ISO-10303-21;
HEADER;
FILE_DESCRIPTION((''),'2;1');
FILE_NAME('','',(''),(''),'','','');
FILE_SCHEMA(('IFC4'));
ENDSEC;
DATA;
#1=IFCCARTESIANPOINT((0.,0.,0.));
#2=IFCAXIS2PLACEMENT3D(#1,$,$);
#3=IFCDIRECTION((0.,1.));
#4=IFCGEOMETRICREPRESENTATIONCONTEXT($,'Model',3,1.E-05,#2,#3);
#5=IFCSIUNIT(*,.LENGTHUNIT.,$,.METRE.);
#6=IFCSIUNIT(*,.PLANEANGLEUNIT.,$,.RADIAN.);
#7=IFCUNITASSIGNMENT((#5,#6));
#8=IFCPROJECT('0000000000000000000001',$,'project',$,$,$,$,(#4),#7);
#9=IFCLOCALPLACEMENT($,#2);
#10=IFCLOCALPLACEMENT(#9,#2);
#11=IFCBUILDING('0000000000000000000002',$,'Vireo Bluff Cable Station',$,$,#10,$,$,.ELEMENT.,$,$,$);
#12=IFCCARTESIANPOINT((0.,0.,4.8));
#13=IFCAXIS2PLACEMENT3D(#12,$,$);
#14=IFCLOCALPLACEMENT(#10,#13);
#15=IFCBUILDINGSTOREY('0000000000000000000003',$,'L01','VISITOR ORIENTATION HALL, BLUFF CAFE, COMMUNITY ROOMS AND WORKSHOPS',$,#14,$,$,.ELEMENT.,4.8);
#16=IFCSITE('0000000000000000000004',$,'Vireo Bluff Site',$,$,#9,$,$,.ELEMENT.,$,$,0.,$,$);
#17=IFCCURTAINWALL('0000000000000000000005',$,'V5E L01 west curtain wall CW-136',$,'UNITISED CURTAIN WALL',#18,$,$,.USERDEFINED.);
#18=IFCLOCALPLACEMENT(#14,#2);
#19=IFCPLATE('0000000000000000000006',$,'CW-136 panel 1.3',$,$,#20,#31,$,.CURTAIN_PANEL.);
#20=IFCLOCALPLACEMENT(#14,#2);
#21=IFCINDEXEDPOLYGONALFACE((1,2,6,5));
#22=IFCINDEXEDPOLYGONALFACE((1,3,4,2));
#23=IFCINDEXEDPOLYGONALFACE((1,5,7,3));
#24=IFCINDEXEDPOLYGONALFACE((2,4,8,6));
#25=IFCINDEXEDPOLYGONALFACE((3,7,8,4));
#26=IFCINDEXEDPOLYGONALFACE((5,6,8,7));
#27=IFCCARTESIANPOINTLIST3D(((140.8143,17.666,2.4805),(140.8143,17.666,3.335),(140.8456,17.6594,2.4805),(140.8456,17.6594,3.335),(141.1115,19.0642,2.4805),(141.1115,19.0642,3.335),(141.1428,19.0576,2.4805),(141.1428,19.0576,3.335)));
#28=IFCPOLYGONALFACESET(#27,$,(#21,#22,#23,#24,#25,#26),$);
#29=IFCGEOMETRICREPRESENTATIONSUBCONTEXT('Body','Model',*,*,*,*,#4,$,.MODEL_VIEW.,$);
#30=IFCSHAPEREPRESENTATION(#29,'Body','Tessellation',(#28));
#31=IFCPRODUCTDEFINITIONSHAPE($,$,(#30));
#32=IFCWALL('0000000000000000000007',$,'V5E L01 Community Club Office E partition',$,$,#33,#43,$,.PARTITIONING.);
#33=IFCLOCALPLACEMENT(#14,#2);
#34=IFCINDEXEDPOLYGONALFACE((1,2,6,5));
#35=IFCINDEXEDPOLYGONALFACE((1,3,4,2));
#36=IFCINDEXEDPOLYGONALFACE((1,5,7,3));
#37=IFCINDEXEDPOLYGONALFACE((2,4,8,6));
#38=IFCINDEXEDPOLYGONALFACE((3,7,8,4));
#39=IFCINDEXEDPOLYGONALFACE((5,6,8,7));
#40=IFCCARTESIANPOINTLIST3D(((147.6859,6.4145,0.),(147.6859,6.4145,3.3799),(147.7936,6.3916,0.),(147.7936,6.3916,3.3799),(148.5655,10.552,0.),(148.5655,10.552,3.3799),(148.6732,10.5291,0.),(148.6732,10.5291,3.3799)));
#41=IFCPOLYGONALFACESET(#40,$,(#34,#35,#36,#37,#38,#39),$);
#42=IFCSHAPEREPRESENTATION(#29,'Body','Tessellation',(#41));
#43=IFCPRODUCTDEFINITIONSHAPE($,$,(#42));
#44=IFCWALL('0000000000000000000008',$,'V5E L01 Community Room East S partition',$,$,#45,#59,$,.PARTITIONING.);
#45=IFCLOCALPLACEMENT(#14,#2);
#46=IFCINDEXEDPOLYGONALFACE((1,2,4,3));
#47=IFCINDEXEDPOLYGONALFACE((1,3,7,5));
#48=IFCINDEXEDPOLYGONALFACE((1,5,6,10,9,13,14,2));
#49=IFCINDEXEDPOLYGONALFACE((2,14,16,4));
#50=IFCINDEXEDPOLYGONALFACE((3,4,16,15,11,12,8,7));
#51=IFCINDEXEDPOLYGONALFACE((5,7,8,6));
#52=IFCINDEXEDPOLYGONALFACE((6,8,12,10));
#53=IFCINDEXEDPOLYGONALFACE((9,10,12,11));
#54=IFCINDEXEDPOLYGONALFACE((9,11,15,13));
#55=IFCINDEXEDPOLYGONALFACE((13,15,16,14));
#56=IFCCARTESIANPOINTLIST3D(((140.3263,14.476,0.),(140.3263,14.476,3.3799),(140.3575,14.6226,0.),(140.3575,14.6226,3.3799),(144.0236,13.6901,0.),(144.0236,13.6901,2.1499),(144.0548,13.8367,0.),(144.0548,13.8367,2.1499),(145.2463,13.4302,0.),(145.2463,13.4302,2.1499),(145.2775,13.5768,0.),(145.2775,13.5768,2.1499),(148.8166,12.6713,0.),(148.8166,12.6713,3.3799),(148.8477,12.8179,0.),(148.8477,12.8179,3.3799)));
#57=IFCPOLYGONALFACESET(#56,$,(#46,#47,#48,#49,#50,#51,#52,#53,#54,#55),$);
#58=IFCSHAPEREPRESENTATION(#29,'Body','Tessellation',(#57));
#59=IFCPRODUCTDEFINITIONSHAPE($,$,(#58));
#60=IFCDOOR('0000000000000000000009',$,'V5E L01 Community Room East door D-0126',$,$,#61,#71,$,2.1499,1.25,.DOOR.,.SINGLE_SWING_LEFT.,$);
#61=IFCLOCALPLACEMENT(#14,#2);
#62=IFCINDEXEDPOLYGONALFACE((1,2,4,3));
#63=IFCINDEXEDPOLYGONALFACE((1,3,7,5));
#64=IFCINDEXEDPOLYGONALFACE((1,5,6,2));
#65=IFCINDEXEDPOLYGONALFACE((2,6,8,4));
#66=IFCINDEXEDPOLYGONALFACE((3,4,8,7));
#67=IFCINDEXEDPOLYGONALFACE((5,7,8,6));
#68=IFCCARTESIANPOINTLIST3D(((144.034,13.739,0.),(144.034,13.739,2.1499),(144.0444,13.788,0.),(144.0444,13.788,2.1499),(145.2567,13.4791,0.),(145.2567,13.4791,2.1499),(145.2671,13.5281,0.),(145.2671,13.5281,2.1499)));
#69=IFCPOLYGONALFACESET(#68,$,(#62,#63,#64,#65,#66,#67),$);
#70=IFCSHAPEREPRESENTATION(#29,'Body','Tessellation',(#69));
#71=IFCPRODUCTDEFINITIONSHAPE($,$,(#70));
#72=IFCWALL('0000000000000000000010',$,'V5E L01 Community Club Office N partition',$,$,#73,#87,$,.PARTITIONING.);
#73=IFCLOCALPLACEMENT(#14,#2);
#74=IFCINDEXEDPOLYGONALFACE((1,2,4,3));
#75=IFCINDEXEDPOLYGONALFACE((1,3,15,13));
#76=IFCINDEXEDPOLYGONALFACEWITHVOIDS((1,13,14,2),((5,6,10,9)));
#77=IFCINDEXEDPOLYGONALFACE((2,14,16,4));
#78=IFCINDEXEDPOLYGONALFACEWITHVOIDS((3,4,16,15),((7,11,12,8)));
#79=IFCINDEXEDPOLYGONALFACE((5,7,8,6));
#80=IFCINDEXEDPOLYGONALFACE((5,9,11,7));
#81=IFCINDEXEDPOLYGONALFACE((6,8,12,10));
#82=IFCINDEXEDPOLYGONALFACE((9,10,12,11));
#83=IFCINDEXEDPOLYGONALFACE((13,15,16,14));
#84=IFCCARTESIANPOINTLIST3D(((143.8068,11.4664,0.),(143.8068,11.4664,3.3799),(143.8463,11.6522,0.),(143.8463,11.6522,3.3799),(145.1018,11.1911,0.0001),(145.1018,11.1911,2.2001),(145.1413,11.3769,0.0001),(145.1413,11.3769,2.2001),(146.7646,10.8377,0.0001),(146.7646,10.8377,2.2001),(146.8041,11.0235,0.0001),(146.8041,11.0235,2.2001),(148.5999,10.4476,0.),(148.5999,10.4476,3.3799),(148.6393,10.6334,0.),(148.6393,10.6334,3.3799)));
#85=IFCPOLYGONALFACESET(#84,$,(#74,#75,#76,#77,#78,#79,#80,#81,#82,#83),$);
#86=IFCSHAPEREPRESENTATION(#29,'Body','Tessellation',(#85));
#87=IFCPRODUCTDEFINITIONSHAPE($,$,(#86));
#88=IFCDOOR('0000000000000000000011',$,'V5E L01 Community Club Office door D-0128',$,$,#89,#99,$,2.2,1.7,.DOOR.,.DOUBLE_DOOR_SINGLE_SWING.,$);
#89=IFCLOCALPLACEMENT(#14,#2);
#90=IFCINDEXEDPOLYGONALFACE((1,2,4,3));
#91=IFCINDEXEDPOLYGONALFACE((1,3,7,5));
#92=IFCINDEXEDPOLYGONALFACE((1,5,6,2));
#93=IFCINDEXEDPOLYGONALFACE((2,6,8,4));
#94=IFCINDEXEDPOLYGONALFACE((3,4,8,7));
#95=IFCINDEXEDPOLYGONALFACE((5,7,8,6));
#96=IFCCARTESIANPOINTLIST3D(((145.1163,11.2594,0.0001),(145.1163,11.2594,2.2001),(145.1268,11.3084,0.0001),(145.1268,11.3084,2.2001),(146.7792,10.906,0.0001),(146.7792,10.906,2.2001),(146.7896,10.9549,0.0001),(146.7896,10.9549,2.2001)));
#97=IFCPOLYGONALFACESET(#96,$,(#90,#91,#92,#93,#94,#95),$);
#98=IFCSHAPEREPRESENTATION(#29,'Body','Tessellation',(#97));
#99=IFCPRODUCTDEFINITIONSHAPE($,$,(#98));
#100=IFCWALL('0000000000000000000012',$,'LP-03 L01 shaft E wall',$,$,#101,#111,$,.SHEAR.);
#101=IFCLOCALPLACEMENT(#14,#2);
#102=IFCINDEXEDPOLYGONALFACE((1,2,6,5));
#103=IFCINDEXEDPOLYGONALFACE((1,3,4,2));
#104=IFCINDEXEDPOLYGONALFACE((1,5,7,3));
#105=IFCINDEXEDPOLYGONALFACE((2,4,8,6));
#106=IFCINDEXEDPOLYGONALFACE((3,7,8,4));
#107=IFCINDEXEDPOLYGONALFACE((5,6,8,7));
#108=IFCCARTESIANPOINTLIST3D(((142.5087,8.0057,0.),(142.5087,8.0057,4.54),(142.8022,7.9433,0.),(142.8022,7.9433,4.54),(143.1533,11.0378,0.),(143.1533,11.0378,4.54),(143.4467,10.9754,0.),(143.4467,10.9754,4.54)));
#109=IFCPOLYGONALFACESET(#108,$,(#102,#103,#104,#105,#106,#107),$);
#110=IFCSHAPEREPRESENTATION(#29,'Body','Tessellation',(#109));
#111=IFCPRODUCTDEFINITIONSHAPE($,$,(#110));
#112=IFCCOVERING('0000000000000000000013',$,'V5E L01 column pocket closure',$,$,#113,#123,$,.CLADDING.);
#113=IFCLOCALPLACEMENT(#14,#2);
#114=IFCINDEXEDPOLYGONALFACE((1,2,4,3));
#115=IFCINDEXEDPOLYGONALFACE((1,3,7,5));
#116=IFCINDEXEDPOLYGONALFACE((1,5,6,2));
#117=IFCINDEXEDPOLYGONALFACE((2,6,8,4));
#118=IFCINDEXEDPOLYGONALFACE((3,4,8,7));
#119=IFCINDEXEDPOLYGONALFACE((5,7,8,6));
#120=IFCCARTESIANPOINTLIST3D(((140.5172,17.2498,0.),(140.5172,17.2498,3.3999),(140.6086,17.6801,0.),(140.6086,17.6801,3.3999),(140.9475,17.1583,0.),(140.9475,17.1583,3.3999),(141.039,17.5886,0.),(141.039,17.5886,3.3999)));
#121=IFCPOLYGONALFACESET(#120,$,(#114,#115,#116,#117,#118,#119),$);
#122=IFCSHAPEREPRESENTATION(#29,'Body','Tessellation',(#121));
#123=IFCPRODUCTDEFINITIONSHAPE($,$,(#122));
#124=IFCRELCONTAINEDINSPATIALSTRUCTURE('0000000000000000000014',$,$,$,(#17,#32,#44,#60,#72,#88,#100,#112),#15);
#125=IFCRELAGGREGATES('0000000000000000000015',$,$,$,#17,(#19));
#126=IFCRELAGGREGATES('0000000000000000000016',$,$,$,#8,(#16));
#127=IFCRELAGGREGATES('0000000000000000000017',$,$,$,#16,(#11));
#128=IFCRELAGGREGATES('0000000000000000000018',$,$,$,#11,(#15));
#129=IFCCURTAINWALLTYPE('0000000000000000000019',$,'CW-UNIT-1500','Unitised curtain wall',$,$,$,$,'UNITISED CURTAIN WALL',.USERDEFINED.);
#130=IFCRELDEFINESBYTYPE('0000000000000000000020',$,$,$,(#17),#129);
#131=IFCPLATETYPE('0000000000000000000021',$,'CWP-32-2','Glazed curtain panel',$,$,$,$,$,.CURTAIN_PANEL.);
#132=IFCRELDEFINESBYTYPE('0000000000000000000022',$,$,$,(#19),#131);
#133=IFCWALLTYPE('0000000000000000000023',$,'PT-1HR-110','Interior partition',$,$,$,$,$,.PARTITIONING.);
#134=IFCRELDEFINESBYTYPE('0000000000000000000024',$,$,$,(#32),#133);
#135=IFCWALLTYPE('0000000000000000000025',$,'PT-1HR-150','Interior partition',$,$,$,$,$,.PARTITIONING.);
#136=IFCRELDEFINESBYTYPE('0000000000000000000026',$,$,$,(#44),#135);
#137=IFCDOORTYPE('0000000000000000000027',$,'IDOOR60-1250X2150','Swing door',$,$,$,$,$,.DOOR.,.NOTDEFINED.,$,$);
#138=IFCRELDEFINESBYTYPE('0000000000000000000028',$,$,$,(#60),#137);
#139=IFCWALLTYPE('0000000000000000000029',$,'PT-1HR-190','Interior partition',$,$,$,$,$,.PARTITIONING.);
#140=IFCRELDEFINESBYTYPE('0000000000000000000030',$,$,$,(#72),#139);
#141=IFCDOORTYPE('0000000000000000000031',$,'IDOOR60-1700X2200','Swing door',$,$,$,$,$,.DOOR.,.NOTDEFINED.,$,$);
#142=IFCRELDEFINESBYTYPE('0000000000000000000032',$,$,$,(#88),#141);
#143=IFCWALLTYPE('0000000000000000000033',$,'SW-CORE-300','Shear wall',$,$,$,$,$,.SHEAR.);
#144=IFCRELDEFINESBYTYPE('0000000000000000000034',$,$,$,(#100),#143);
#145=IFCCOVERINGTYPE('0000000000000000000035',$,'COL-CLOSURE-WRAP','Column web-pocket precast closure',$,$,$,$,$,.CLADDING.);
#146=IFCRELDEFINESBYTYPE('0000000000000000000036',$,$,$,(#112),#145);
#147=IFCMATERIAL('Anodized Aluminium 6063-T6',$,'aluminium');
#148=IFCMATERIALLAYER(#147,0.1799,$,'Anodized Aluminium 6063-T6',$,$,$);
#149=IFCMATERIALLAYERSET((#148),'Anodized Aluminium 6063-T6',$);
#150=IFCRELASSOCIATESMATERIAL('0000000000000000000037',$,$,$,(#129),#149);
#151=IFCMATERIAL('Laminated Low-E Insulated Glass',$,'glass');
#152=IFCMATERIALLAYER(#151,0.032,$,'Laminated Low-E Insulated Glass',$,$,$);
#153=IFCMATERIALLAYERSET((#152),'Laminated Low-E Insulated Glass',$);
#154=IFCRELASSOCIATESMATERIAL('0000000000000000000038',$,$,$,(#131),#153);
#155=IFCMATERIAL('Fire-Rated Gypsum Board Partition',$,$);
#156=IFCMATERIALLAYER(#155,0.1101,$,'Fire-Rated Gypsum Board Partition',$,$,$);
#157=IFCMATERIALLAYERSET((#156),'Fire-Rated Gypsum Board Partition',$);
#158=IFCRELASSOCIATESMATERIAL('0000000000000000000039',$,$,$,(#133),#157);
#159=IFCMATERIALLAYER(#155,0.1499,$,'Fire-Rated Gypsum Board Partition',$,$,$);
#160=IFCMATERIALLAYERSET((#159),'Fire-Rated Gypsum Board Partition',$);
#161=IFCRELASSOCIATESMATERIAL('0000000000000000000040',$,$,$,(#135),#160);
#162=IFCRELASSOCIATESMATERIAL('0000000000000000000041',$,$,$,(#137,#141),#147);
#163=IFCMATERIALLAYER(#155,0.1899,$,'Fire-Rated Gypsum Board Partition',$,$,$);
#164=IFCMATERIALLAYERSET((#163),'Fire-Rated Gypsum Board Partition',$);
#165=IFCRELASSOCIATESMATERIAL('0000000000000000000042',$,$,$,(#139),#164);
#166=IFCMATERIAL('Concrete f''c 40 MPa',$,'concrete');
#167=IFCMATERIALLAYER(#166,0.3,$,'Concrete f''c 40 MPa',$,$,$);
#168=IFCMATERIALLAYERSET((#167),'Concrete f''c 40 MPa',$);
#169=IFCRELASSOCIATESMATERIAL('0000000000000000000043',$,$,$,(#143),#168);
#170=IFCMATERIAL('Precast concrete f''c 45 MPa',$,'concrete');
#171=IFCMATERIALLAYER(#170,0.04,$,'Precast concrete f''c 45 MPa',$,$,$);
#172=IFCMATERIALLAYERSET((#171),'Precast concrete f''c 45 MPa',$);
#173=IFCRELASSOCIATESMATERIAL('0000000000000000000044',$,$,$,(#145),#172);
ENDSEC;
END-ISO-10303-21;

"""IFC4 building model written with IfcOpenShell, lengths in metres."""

from ifc_helpers import new_model, si_unit, direction, frame, frame_2d, origin, origin_with_axes, origin_2d, place, context, subcontext, project, spatial, rectangle, extrude, material, layer, layer_set, type_object, element, fill, aggregate, save


model = new_model("IFC4")

# Units and contexts
model_context = context("Model", 3, precision=1e-05, world=origin(), true_north=direction((0.0, 1.0)))
body_context = subcontext(model_context, "Body", "Model", "MODEL_VIEW")
ifc_project = project(units=[si_unit("LENGTHUNIT", "METRE"), si_unit("PLANEANGLEUNIT", "RADIAN")], contexts=[model_context])

# Site, building, storey
site_placement = place(None, origin())
site = spatial("IfcSite", under=ifc_project, at=site_placement, Name="Vireo Bluff Site", CompositionType="ELEMENT", RefElevation=0.0)
building_placement = place(site_placement, origin())
building = spatial("IfcBuilding", under=site, at=building_placement, Name="Vireo Bluff Cable Station", CompositionType="ELEMENT")
storey_placement = place(building_placement, frame((0.0, 0.0, 4.8)))
storey = spatial("IfcBuildingStorey", under=building, at=storey_placement, Name="L01", Description="VISITOR ORIENTATION HALL, BLUFF CAFE, COMMUNITY ROOMS AND WORKSHOPS", CompositionType="ELEMENT", Elevation=4.8)

# Curtain wall
ifc_material_1 = material(Name="Anodized Aluminium 6063-T6", Category="aluminium")
ifc_layer_1 = layer(ifc_material_1, 0.1799, Name="Anodized Aluminium 6063-T6")
ifc_layer_set_1 = layer_set([ifc_layer_1], Name="Anodized Aluminium 6063-T6")
curtain_wall_type_1 = type_object("IfcCurtainWallType", Name="CW-UNIT-1500", Description="Unitised curtain wall", ElementType="UNITISED CURTAIN WALL", PredefinedType="USERDEFINED", material=ifc_layer_set_1)
curtain_wall_1_placement = place(storey_placement, origin())
curtain_wall_1 = element("IfcCurtainWall", 1, at=curtain_wall_1_placement, inside=storey, type_object=curtain_wall_type_1, Name="V5E L01 west curtain wall CW-136", ObjectType="UNITISED CURTAIN WALL", PredefinedType="USERDEFINED")

# Shared definitions
ifc_material_2 = material(Name="Laminated Low-E Insulated Glass", Category="glass")

# Plate
ifc_layer_2 = layer(ifc_material_2, 0.032, Name="Laminated Low-E Insulated Glass")
ifc_layer_set_2 = layer_set([ifc_layer_2], Name="Laminated Low-E Insulated Glass")
plate_type_1 = type_object("IfcPlateType", Name="CWP-32-2", Description="Glazed curtain panel", PredefinedType="CURTAIN_PANEL", material=ifc_layer_set_2)
plate_1_placement = place(storey_placement, frame((140.9785, 18.3618, 2.4805), z_axis=(0.0, 0.0, 1.0), x_axis=(0.207912, 0.978148, 0.0)))
plate_1 = element("IfcPlate", 2, at=plate_1_placement, type_object=plate_type_1, Name="CW-136 panel 1.3", PredefinedType="CURTAIN_PANEL", context=body_context, shape_type="SweptSolid", body=[
    extrude(rectangle(XDim=1.4294, YDim=0.032, at=origin_2d()), origin(), (0.0, 0.0, 1.0), 0.8545),
])
aggregate(curtain_wall_1, [plate_1])

# Wall
ifc_material_3 = material(Name="Fire-Rated Gypsum Board Partition")
ifc_layer_3 = layer(ifc_material_3, 0.1101, Name="Fire-Rated Gypsum Board Partition")
ifc_layer_set_3 = layer_set([ifc_layer_3], Name="Fire-Rated Gypsum Board Partition")
wall_type_1 = type_object("IfcWallType", Name="PT-1HR-110", Description="Interior partition", PredefinedType="PARTITIONING", material=ifc_layer_set_3)
wall_1_placement = place(storey_placement, frame((148.6194, 10.5405, 0.0), z_axis=(0.0, 0.0, 1.0), x_axis=(-0.207956, -0.978138, 0.0)))
element("IfcWall", 3, at=wall_1_placement, inside=storey, type_object=wall_type_1, Name="V5E L01 Community Club Office E partition", PredefinedType="PARTITIONING", context=body_context, shape_type="SweptSolid", body=[
    extrude(rectangle(XDim=4.23, YDim=0.1101, at=frame_2d((2.115, 0.0))), origin(), (0.0, 0.0, 1.0), 3.3799),
])

# Walls, openings, doors
ifc_layer_4 = layer(ifc_material_3, 0.1499, Name="Fire-Rated Gypsum Board Partition")
ifc_layer_set_4 = layer_set([ifc_layer_4], Name="Fire-Rated Gypsum Board Partition")
wall_type_2 = type_object("IfcWallType", Name="PT-1HR-150", Description="Interior partition", PredefinedType="PARTITIONING", material=ifc_layer_set_4)
wall_2_placement = place(storey_placement, frame((148.832, 12.7446, 0.0), z_axis=(0.0, 0.0, 1.0), x_axis=(-0.978147, 0.207915, 0.0)))
wall_2 = element("IfcWall", 4, at=wall_2_placement, inside=storey, type_object=wall_type_2, Name="V5E L01 Community Room East S partition", PredefinedType="PARTITIONING", context=body_context, shape_type="SweptSolid", body=[
    extrude(rectangle(XDim=8.6799, YDim=0.1499, at=frame_2d((4.3398, 0.0))), origin(), (0.0, 0.0, 1.0), 3.3799),
])
opening_1_placement = place(wall_2_placement, frame((3.6499, 0.0, 0.0)))
opening_1 = element("IfcOpeningElement", 5, at=opening_1_placement, cuts=wall_2, PredefinedType="OPENING", context=body_context, shape_type="SweptSolid", body=[
    extrude(rectangle(XDim=1.25, YDim=2.1499, at=frame_2d((0.625, 1.075))), frame((0.0, 0.085, 0.0), z_axis=(0.0, -1.0, 0.0), x_axis=(1.0, 0.0, 0.0)), (0.0, 0.0, 1.0), 0.1699),
])
door_type_1 = type_object("IfcDoorType", Name="IDOOR60-1250X2150", Description="Swing door", OperationType="NOTDEFINED", PredefinedType="DOOR", material=ifc_material_1)
door_1_placement = place(opening_1_placement, origin_with_axes())
door_1 = element("IfcDoor", 6, at=door_1_placement, inside=storey, type_object=door_type_1, Name="V5E L01 Community Room East door D-0126", OperationType="SINGLE_SWING_LEFT", OverallHeight=2.1499, OverallWidth=1.25, PredefinedType="DOOR", context=body_context, shape_type="SweptSolid", body=[
    extrude(rectangle(XDim=1.25, YDim=2.1499, at=frame_2d((0.625, 1.075))), frame((0.0, 0.0249, 0.0), z_axis=(0.0, -1.0, 0.0), x_axis=(1.0, 0.0, 0.0)), (0.0, 0.0, 1.0), 0.05),
])
fill(opening_1, door_1)
ifc_layer_5 = layer(ifc_material_3, 0.1899, Name="Fire-Rated Gypsum Board Partition")
ifc_layer_set_5 = layer_set([ifc_layer_5], Name="Fire-Rated Gypsum Board Partition")
wall_type_3 = type_object("IfcWallType", Name="PT-1HR-190", Description="Interior partition", PredefinedType="PARTITIONING", material=ifc_layer_set_5)
wall_3_placement = place(storey_placement, frame((143.8264, 11.5593, 0.0), z_axis=(0.0, 0.0, 1.0), x_axis=(0.978147, -0.207916, 0.0)))
wall_3 = element("IfcWall", 7, at=wall_3_placement, inside=storey, type_object=wall_type_3, Name="V5E L01 Community Club Office N partition", PredefinedType="PARTITIONING", context=body_context, shape_type="SweptSolid", body=[
    extrude(rectangle(XDim=4.9001, YDim=0.1899, at=frame_2d((2.4502, 0.0))), origin(), (0.0, 0.0, 1.0), 3.3799),
])
opening_2_placement = place(wall_3_placement, frame((1.324, 0.0, 0.0)))
opening_2 = element("IfcOpeningElement", 8, at=opening_2_placement, cuts=wall_3, PredefinedType="OPENING", context=body_context, shape_type="SweptSolid", body=[
    extrude(rectangle(XDim=1.7, YDim=2.2, at=frame_2d((0.8501, 1.1001))), frame((0.0, 0.105, 0.0), z_axis=(0.0, -1.0, 0.0), x_axis=(1.0, 0.0, 0.0)), (0.0, 0.0, 1.0), 0.21),
])
door_type_2 = type_object("IfcDoorType", Name="IDOOR60-1700X2200", Description="Swing door", OperationType="NOTDEFINED", PredefinedType="DOOR", material=ifc_material_1)
door_2_placement = place(opening_2_placement, origin_with_axes())
door_2 = element("IfcDoor", 9, at=door_2_placement, inside=storey, type_object=door_type_2, Name="V5E L01 Community Club Office door D-0128", OperationType="DOUBLE_DOOR_SINGLE_SWING", OverallHeight=2.2, OverallWidth=1.7, PredefinedType="DOOR", context=body_context, shape_type="SweptSolid", body=[
    extrude(rectangle(XDim=1.7, YDim=2.2, at=frame_2d((0.8501, 1.1001))), frame((0.0, 0.0249, 0.0), z_axis=(0.0, -1.0, 0.0), x_axis=(1.0, 0.0, 0.0)), (0.0, 0.0, 1.0), 0.05),
])
fill(opening_2, door_2)

# Wall
ifc_material_4 = material(Name="Concrete f'c 40 MPa", Category="concrete")
ifc_layer_6 = layer(ifc_material_4, 0.3, Name="Concrete f'c 40 MPa")
ifc_layer_set_6 = layer_set([ifc_layer_6], Name="Concrete f'c 40 MPa")
wall_type_4 = type_object("IfcWallType", Name="SW-CORE-300", Description="Shear wall", PredefinedType="SHEAR", material=ifc_layer_set_6)
wall_4_placement = place(storey_placement, frame((142.6555, 7.9746, 0.0), z_axis=(0.0, 0.0, 1.0), x_axis=(0.207915, 0.978147, 0.0)))
element("IfcWall", 10, at=wall_4_placement, inside=storey, type_object=wall_type_4, Name="LP-03 L01 shaft E wall", PredefinedType="SHEAR", context=body_context, shape_type="SweptSolid", body=[
    extrude(rectangle(XDim=3.0999, YDim=0.3, at=frame_2d((1.5498, 0.0))), origin(), (0.0, 0.0, 1.0), 4.54),
])

# Covering
ifc_material_5 = material(Name="Precast concrete f'c 45 MPa", Category="concrete")
ifc_layer_7 = layer(ifc_material_5, 0.04, Name="Precast concrete f'c 45 MPa")
ifc_layer_set_7 = layer_set([ifc_layer_7], Name="Precast concrete f'c 45 MPa")
covering_type = type_object("IfcCoveringType", Name="COL-CLOSURE-WRAP", Description="Column web-pocket precast closure", PredefinedType="CLADDING", material=ifc_layer_set_7)
covering_placement = place(storey_placement, frame((140.7781, 17.4192, 0.0), z_axis=(0.0, 0.0, 1.0), x_axis=(0.978148, -0.207912, 0.0)))
element("IfcCovering", 11, at=covering_placement, inside=storey, type_object=covering_type, Name="V5E L01 column pocket closure", PredefinedType="CLADDING", context=body_context, shape_type="SweptSolid", body=[
    extrude(rectangle(XDim=0.4399, YDim=0.4399, at=origin_2d()), origin(), (0.0, 0.0, 1.0), 3.3999),
])

save(model, "model.ifc")
